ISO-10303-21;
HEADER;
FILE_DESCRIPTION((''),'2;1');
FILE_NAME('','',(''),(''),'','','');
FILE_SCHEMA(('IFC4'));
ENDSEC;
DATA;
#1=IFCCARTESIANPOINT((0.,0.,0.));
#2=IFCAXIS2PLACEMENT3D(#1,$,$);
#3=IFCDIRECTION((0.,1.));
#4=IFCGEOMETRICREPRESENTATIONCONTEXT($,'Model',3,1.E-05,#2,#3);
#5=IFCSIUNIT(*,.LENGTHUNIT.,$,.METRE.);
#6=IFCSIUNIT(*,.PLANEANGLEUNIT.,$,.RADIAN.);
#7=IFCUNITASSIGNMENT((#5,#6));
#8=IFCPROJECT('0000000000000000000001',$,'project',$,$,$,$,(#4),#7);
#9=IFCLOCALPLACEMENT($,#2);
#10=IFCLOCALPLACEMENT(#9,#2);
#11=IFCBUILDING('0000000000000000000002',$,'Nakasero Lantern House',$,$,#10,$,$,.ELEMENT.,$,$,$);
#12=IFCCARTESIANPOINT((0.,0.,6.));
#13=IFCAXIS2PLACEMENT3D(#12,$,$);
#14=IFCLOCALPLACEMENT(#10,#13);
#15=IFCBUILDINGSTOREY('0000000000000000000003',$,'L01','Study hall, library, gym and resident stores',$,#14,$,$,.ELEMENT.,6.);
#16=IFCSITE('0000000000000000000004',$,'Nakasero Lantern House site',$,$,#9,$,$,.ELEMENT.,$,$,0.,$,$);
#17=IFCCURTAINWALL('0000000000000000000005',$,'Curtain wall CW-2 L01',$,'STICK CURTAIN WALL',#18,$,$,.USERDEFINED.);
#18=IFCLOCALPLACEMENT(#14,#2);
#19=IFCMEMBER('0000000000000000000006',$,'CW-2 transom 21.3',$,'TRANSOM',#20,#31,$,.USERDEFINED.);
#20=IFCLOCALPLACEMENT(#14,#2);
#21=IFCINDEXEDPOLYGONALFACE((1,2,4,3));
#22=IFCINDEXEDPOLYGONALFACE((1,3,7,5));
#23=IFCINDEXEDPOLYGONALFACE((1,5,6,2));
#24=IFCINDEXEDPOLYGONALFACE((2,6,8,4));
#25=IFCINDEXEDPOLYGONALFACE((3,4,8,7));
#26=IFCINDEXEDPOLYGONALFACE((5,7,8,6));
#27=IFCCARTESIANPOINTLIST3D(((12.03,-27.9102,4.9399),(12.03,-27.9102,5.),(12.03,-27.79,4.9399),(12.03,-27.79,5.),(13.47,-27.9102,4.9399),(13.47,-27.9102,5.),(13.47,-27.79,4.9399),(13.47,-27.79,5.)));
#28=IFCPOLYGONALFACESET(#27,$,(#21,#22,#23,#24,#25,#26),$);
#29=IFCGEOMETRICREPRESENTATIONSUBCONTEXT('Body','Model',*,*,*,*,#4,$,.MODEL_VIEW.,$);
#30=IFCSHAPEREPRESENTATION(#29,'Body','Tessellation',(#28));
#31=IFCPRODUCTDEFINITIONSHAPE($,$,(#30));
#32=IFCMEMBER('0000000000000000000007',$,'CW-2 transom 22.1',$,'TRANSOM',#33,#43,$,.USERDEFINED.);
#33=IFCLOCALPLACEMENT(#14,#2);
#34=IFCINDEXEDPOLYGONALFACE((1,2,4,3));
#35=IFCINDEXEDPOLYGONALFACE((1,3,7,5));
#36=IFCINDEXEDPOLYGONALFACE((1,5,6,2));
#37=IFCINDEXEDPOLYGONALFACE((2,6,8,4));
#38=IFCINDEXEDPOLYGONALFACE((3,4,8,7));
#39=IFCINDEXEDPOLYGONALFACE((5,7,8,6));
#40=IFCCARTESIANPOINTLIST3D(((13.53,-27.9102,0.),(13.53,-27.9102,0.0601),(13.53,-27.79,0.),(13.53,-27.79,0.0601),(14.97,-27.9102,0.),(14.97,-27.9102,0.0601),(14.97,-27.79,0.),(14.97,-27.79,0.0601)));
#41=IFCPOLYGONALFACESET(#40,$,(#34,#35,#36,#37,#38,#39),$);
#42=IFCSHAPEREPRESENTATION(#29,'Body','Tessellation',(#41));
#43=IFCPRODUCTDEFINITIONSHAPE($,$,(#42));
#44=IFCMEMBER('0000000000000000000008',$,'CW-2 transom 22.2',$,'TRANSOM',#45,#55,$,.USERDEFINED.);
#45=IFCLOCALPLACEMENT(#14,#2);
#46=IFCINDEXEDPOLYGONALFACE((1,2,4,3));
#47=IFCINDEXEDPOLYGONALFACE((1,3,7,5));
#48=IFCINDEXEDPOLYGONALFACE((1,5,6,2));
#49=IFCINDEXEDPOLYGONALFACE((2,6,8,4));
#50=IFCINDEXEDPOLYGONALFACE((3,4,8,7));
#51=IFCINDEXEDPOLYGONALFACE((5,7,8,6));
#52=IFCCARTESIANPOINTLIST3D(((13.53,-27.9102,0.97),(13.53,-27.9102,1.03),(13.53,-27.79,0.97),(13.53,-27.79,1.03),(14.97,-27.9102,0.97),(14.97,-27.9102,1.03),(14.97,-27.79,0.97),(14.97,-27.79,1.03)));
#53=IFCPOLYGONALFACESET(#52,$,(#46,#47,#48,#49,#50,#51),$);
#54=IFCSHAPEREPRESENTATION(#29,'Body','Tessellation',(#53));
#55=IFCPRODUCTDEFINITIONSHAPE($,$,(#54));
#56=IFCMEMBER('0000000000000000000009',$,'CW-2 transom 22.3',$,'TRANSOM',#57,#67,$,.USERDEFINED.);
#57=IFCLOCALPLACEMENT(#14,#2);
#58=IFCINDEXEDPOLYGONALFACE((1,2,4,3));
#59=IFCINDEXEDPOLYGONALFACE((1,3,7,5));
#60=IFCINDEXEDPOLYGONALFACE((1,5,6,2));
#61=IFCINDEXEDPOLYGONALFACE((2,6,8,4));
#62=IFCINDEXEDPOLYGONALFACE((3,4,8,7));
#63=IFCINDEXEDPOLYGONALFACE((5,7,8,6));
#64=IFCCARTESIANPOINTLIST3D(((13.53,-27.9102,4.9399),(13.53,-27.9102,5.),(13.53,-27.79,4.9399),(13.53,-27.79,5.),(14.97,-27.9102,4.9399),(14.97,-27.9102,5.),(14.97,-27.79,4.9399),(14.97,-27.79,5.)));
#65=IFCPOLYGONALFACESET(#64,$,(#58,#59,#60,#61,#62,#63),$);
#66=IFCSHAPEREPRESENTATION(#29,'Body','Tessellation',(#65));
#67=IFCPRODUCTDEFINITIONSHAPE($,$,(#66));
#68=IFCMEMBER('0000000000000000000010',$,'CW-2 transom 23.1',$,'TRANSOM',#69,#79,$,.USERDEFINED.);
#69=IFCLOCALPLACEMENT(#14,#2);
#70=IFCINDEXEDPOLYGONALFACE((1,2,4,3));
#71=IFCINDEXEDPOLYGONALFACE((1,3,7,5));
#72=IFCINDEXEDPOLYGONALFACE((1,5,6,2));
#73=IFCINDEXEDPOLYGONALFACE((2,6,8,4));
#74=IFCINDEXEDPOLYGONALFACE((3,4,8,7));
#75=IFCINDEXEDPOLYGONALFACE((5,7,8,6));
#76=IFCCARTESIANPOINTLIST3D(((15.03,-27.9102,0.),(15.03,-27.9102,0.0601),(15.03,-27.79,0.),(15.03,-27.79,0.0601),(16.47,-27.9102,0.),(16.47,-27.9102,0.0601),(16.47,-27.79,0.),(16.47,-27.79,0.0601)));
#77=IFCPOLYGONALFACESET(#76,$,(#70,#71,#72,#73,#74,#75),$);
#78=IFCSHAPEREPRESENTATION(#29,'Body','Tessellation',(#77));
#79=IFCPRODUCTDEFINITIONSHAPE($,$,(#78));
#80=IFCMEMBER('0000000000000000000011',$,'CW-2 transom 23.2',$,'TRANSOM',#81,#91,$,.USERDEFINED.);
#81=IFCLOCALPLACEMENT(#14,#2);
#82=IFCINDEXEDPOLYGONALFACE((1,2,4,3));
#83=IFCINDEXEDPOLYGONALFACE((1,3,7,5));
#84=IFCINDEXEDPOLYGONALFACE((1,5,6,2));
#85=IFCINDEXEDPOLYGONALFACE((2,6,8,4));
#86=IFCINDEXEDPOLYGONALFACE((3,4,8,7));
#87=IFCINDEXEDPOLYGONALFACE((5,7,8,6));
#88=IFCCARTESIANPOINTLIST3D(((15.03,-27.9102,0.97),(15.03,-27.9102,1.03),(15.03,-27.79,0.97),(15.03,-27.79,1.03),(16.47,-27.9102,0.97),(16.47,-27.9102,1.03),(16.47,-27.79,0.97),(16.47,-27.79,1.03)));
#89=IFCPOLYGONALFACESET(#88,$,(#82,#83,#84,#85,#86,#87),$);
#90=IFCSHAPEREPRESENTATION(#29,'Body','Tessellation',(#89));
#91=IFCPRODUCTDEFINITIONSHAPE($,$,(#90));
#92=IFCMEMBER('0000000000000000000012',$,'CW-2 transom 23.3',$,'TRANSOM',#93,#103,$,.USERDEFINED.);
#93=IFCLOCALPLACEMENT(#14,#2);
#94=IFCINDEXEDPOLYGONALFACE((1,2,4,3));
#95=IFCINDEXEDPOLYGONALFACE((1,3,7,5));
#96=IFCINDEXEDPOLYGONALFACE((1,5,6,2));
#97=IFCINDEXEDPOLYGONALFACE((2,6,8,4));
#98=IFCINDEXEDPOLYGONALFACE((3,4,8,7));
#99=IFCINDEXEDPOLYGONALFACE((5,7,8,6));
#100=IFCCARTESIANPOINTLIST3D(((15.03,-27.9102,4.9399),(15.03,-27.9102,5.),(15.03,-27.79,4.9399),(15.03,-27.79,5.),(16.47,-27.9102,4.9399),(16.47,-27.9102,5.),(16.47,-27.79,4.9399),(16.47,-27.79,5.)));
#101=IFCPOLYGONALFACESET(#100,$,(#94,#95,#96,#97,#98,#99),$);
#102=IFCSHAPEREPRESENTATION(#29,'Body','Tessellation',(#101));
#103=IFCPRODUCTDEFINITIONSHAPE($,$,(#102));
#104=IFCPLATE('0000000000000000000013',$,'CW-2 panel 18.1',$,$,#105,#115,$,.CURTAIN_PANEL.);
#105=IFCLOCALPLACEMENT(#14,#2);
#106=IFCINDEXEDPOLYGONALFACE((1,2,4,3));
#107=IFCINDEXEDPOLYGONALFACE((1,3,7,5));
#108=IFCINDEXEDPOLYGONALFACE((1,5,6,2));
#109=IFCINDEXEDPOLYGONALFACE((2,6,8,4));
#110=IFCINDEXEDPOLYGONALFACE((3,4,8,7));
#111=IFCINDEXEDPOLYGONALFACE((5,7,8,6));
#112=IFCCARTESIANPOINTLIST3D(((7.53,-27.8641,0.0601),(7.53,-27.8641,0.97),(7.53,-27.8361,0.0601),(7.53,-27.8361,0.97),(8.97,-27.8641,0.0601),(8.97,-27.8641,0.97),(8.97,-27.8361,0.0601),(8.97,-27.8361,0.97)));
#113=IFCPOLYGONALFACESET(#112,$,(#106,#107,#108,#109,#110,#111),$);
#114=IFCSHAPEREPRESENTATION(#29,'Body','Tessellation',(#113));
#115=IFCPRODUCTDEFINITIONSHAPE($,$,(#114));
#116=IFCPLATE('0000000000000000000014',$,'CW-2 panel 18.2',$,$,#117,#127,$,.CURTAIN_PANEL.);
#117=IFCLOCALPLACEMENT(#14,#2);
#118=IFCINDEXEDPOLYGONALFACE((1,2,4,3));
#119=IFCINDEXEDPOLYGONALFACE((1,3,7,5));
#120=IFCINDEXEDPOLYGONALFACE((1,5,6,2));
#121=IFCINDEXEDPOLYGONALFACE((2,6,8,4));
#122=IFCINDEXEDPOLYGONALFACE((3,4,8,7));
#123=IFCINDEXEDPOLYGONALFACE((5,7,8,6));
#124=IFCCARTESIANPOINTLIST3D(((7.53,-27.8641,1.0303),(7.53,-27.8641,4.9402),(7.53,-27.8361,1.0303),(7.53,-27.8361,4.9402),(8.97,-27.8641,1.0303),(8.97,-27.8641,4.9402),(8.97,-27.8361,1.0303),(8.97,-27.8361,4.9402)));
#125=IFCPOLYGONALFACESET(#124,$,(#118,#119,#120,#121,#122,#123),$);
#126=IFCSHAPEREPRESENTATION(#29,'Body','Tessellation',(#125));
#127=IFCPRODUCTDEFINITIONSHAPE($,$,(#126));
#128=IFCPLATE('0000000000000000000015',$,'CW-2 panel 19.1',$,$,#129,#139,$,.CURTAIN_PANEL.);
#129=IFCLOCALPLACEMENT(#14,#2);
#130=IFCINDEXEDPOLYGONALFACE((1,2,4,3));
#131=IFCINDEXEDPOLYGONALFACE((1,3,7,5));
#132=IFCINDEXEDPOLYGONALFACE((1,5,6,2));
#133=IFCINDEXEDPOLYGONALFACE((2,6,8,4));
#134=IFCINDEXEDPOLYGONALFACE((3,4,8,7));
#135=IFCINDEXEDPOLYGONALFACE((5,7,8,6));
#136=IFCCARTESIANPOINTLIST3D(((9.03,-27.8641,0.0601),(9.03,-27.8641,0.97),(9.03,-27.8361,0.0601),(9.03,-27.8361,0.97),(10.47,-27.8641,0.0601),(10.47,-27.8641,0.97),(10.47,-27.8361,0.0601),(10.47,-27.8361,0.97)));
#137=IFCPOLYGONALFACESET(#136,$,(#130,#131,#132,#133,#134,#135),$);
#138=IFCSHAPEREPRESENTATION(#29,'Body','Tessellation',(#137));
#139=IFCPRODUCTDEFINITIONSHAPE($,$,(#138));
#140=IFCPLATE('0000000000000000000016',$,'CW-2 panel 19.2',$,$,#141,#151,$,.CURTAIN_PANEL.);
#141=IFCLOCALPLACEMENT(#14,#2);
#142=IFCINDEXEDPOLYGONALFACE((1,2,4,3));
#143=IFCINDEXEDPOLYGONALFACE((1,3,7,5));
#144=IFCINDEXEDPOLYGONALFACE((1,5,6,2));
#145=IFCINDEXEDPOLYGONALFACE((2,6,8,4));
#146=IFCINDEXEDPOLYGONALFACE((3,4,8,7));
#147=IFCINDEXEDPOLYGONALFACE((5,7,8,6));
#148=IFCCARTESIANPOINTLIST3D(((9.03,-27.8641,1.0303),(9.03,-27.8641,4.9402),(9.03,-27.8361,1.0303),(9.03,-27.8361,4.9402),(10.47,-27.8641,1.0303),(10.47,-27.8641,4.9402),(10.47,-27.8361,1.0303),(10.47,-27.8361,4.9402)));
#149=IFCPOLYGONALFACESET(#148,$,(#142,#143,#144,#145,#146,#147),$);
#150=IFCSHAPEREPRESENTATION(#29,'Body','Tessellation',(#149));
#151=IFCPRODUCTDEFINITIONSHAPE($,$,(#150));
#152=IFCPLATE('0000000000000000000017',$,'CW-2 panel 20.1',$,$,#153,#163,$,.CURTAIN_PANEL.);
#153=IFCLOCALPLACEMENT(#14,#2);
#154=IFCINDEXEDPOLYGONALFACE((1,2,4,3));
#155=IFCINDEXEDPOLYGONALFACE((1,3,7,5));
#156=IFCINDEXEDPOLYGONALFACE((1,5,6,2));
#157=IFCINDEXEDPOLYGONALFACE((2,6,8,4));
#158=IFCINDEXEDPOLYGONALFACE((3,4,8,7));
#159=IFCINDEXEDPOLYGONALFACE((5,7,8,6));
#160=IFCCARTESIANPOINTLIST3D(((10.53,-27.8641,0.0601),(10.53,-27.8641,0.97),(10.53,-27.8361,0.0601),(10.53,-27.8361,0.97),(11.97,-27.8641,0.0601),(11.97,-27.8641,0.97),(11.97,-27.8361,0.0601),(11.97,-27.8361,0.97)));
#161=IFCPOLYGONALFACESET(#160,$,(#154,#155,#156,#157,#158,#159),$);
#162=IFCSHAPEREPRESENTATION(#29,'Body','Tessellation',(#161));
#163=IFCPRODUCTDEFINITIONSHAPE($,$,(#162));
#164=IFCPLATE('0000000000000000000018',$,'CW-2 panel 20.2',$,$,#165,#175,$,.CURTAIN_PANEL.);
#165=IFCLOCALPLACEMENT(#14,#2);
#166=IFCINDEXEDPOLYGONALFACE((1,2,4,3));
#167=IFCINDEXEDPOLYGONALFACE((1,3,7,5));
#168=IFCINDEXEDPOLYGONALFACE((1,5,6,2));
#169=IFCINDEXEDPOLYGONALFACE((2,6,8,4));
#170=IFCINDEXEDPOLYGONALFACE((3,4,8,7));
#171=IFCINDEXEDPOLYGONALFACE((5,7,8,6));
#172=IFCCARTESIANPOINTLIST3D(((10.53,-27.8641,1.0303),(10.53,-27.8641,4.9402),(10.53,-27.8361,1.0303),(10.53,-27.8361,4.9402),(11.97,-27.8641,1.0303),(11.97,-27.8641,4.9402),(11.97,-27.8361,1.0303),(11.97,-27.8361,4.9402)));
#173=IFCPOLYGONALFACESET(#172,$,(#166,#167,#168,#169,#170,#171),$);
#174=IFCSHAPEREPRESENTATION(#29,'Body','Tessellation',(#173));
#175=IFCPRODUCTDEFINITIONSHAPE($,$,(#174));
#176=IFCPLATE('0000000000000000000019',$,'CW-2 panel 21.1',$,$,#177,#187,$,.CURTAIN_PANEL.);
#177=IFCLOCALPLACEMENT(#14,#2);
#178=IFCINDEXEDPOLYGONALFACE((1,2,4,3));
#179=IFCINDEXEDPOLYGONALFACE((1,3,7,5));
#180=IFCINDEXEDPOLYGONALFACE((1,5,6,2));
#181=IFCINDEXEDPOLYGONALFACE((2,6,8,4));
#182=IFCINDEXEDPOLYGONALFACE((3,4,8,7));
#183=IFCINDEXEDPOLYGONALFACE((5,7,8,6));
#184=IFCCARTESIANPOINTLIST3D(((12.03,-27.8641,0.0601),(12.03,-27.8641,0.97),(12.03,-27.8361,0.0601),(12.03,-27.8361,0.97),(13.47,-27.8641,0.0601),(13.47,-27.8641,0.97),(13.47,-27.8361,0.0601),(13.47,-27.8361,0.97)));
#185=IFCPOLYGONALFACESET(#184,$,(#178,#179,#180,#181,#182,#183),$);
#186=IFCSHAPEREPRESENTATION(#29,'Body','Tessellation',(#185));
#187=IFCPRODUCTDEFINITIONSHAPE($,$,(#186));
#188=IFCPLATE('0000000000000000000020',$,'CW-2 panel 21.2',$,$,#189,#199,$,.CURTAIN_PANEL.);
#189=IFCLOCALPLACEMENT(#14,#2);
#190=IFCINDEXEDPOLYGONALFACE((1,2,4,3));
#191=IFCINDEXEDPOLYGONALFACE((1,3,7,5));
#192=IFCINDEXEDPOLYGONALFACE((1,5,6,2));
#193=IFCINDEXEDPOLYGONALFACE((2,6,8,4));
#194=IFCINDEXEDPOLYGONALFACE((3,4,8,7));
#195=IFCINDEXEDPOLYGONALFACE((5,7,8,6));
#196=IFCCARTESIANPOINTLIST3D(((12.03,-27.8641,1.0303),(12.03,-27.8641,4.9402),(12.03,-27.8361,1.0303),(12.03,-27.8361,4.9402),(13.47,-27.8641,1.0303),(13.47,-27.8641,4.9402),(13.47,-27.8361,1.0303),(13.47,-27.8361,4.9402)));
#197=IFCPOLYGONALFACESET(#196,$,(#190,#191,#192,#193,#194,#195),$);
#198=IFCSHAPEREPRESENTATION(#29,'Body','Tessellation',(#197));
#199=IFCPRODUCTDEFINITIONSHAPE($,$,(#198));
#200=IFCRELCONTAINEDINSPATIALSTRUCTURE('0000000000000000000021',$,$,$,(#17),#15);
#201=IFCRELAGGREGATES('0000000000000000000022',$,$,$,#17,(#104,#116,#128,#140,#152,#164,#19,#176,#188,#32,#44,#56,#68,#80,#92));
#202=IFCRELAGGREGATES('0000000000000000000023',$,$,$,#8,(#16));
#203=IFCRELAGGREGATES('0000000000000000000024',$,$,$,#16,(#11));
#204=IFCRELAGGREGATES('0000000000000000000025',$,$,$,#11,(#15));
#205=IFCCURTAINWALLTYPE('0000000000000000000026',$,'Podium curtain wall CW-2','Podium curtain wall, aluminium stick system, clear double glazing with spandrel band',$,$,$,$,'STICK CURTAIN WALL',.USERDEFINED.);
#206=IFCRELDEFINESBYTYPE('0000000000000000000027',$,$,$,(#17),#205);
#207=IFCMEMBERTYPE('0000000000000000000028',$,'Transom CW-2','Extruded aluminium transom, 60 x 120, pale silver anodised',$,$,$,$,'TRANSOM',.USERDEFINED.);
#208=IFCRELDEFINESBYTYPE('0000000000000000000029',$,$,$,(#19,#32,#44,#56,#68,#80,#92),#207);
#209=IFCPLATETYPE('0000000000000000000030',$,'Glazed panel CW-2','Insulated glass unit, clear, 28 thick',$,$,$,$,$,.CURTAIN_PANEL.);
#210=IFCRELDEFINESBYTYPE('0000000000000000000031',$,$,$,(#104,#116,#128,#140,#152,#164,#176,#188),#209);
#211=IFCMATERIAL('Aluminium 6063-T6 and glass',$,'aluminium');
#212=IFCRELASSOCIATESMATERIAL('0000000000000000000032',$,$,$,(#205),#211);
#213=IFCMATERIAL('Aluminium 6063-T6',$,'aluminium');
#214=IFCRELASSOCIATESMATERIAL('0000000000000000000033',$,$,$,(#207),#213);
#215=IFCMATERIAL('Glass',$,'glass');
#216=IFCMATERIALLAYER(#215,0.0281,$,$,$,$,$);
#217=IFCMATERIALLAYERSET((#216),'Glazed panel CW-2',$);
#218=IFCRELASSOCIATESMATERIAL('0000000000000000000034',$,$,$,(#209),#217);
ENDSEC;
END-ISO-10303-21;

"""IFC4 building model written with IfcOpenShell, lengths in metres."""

from ifc_helpers import new_model, si_unit, direction, frame, origin, origin_2d, place, context, subcontext, project, spatial, rectangle, extrude, material, layer, layer_set, material_profile, profile_set, type_object, element, aggregate, save


model = new_model("IFC4")

# Units and contexts
model_context = context("Model", 3, precision=1e-05, world=origin(), true_north=direction((0.0, 1.0)))
body_context = subcontext(model_context, "Body", "Model", "MODEL_VIEW")
ifc_project = project(units=[si_unit("LENGTHUNIT", "METRE"), si_unit("PLANEANGLEUNIT", "RADIAN")], contexts=[model_context])

# Site, building, storey
site_placement = place(None, origin())
site = spatial("IfcSite", under=ifc_project, at=site_placement, Name="Nakasero Lantern House site", CompositionType="ELEMENT", RefElevation=0.0)
building_placement = place(site_placement, origin())
building = spatial("IfcBuilding", under=site, at=building_placement, Name="Nakasero Lantern House", CompositionType="ELEMENT")
storey_placement = place(building_placement, frame((0.0, 0.0, 6.0)))
storey = spatial("IfcBuildingStorey", under=building, at=storey_placement, Name="L01", Description="Study hall, library, gym and resident stores", CompositionType="ELEMENT", Elevation=6.0)

# Curtain wall, members, plates
ifc_material_1 = material(Name="Aluminium 6063-T6 and glass", Category="aluminium")
curtain_wall_type = type_object("IfcCurtainWallType", Name="Podium curtain wall CW-2", Description="Podium curtain wall, aluminium stick system, clear double glazing with spandrel band", ElementType="STICK CURTAIN WALL", PredefinedType="USERDEFINED", material=ifc_material_1)
curtain_wall_placement = place(storey_placement, origin())
curtain_wall = element("IfcCurtainWall", 1, at=curtain_wall_placement, inside=storey, type_object=curtain_wall_type, Name="Curtain wall CW-2 L01", ObjectType="STICK CURTAIN WALL", PredefinedType="USERDEFINED")
ifc_material_2 = material(Name="Aluminium 6063-T6", Category="aluminium")
ifc_material_profile_1 = material_profile(ifc_material_2, rectangle(XDim=0.0601, YDim=0.1201, at=origin_2d()), Name="CW-2 transom 60x120")
ifc_profile_set_1 = profile_set([ifc_material_profile_1], Name="Aluminium 6063-T6")
member_type_1 = type_object("IfcMemberType", Name="Transom CW-2", Description="Extruded aluminium transom, 60 x 120, pale silver anodised", ElementType="TRANSOM", PredefinedType="USERDEFINED", material=ifc_profile_set_1)
member_1_placement = place(storey_placement, frame((12.03, -27.8501, 4.97), z_axis=(1.0, 0.0, 0.0), x_axis=(0.0, 0.0, 1.0)))
member_1 = element("IfcMember", 2, at=member_1_placement, type_object=member_type_1, Name="CW-2 transom 21.3", ObjectType="TRANSOM", PredefinedType="USERDEFINED", context=body_context, shape_type="SweptSolid", body=[
    extrude(rectangle(XDim=0.0601, YDim=0.1201, at=origin_2d()), origin(), (0.0, 0.0, 1.0), 1.4399),
])
member_2_placement = place(storey_placement, frame((13.53, -27.8501, 0.03), z_axis=(1.0, 0.0, 0.0), x_axis=(0.0, 0.0, 1.0)))
member_2 = element("IfcMember", 3, at=member_2_placement, type_object=member_type_1, Name="CW-2 transom 22.1", ObjectType="TRANSOM", PredefinedType="USERDEFINED", context=body_context, shape_type="SweptSolid", body=[
    extrude(rectangle(XDim=0.0601, YDim=0.1201, at=origin_2d()), origin(), (0.0, 0.0, 1.0), 1.4399),
])
member_3_placement = place(storey_placement, frame((13.53, -27.8501, 1.0), z_axis=(1.0, 0.0, 0.0), x_axis=(0.0, 0.0, 1.0)))
member_3 = element("IfcMember", 4, at=member_3_placement, type_object=member_type_1, Name="CW-2 transom 22.2", ObjectType="TRANSOM", PredefinedType="USERDEFINED", context=body_context, shape_type="SweptSolid", body=[
    extrude(rectangle(XDim=0.0601, YDim=0.1201, at=origin_2d()), origin(), (0.0, 0.0, 1.0), 1.4399),
])
member_4_placement = place(storey_placement, frame((13.53, -27.8501, 4.97), z_axis=(1.0, 0.0, 0.0), x_axis=(0.0, 0.0, 1.0)))
member_4 = element("IfcMember", 5, at=member_4_placement, type_object=member_type_1, Name="CW-2 transom 22.3", ObjectType="TRANSOM", PredefinedType="USERDEFINED", context=body_context, shape_type="SweptSolid", body=[
    extrude(rectangle(XDim=0.0601, YDim=0.1201, at=origin_2d()), origin(), (0.0, 0.0, 1.0), 1.4399),
])
member_5_placement = place(storey_placement, frame((15.03, -27.8501, 0.03), z_axis=(1.0, 0.0, 0.0), x_axis=(0.0, 0.0, 1.0)))
member_5 = element("IfcMember", 6, at=member_5_placement, type_object=member_type_1, Name="CW-2 transom 23.1", ObjectType="TRANSOM", PredefinedType="USERDEFINED", context=body_context, shape_type="SweptSolid", body=[
    extrude(rectangle(XDim=0.0601, YDim=0.1201, at=origin_2d()), origin(), (0.0, 0.0, 1.0), 1.4399),
])
member_6_placement = place(storey_placement, frame((15.03, -27.8501, 1.0), z_axis=(1.0, 0.0, 0.0), x_axis=(0.0, 0.0, 1.0)))
member_6 = element("IfcMember", 7, at=member_6_placement, type_object=member_type_1, Name="CW-2 transom 23.2", ObjectType="TRANSOM", PredefinedType="USERDEFINED", context=body_context, shape_type="SweptSolid", body=[
    extrude(rectangle(XDim=0.0601, YDim=0.1201, at=origin_2d()), origin(), (0.0, 0.0, 1.0), 1.4399),
])
member_7_placement = place(storey_placement, frame((15.03, -27.8501, 4.97), z_axis=(1.0, 0.0, 0.0), x_axis=(0.0, 0.0, 1.0)))
member_7 = element("IfcMember", 8, at=member_7_placement, type_object=member_type_1, Name="CW-2 transom 23.3", ObjectType="TRANSOM", PredefinedType="USERDEFINED", context=body_context, shape_type="SweptSolid", body=[
    extrude(rectangle(XDim=0.0601, YDim=0.1201, at=origin_2d()), origin(), (0.0, 0.0, 1.0), 1.4399),
])
ifc_material_3 = material(Name="Glass", Category="glass")
ifc_layer = layer(ifc_material_3, 0.0281)
ifc_layer_set = layer_set([ifc_layer], Name="Glazed panel CW-2")
plate_type = type_object("IfcPlateType", Name="Glazed panel CW-2", Description="Insulated glass unit, clear, 28 thick", PredefinedType="CURTAIN_PANEL", material=ifc_layer_set)
plate_1_placement = place(storey_placement, frame((8.25, -27.8501, 0.0601), z_axis=(0.0, 0.0, 1.0), x_axis=(1.0, 0.0, 0.0)))
plate_1 = element("IfcPlate", 9, at=plate_1_placement, type_object=plate_type, Name="CW-2 panel 18.1", PredefinedType="CURTAIN_PANEL", context=body_context, shape_type="SweptSolid", body=[
    extrude(rectangle(XDim=1.4399, YDim=0.0281, at=origin_2d()), origin(), (0.0, 0.0, 1.0), 0.9099),
])
plate_2_placement = place(storey_placement, frame((8.25, -27.8501, 1.0303), z_axis=(0.0, 0.0, 1.0), x_axis=(1.0, 0.0, 0.0)))
plate_2 = element("IfcPlate", 10, at=plate_2_placement, type_object=plate_type, Name="CW-2 panel 18.2", PredefinedType="CURTAIN_PANEL", context=body_context, shape_type="SweptSolid", body=[
    extrude(rectangle(XDim=1.4399, YDim=0.0281, at=origin_2d()), origin(), (0.0, 0.0, 1.0), 3.9099),
])
plate_3_placement = place(storey_placement, frame((9.75, -27.8501, 0.0601), z_axis=(0.0, 0.0, 1.0), x_axis=(1.0, 0.0, 0.0)))
plate_3 = element("IfcPlate", 11, at=plate_3_placement, type_object=plate_type, Name="CW-2 panel 19.1", PredefinedType="CURTAIN_PANEL", context=body_context, shape_type="SweptSolid", body=[
    extrude(rectangle(XDim=1.4399, YDim=0.0281, at=origin_2d()), origin(), (0.0, 0.0, 1.0), 0.9099),
])
plate_4_placement = place(storey_placement, frame((9.75, -27.8501, 1.0303), z_axis=(0.0, 0.0, 1.0), x_axis=(1.0, 0.0, 0.0)))
plate_4 = element("IfcPlate", 12, at=plate_4_placement, type_object=plate_type, Name="CW-2 panel 19.2", PredefinedType="CURTAIN_PANEL", context=body_context, shape_type="SweptSolid", body=[
    extrude(rectangle(XDim=1.4399, YDim=0.0281, at=origin_2d()), origin(), (0.0, 0.0, 1.0), 3.9099),
])
plate_5_placement = place(storey_placement, frame((11.25, -27.8501, 0.0601), z_axis=(0.0, 0.0, 1.0), x_axis=(1.0, 0.0, 0.0)))
plate_5 = element("IfcPlate", 13, at=plate_5_placement, type_object=plate_type, Name="CW-2 panel 20.1", PredefinedType="CURTAIN_PANEL", context=body_context, shape_type="SweptSolid", body=[
    extrude(rectangle(XDim=1.4399, YDim=0.0281, at=origin_2d()), origin(), (0.0, 0.0, 1.0), 0.9099),
])
plate_6_placement = place(storey_placement, frame((11.25, -27.8501, 1.0303), z_axis=(0.0, 0.0, 1.0), x_axis=(1.0, 0.0, 0.0)))
plate_6 = element("IfcPlate", 14, at=plate_6_placement, type_object=plate_type, Name="CW-2 panel 20.2", PredefinedType="CURTAIN_PANEL", context=body_context, shape_type="SweptSolid", body=[
    extrude(rectangle(XDim=1.4399, YDim=0.0281, at=origin_2d()), origin(), (0.0, 0.0, 1.0), 3.9099),
])
plate_7_placement = place(storey_placement, frame((12.75, -27.8501, 0.0601), z_axis=(0.0, 0.0, 1.0), x_axis=(1.0, 0.0, 0.0)))
plate_7 = element("IfcPlate", 15, at=plate_7_placement, type_object=plate_type, Name="CW-2 panel 21.1", PredefinedType="CURTAIN_PANEL", context=body_context, shape_type="SweptSolid", body=[
    extrude(rectangle(XDim=1.4399, YDim=0.0281, at=origin_2d()), origin(), (0.0, 0.0, 1.0), 0.9099),
])
plate_8_placement = place(storey_placement, frame((12.75, -27.8501, 1.0303), z_axis=(0.0, 0.0, 1.0), x_axis=(1.0, 0.0, 0.0)))
plate_8 = element("IfcPlate", 16, at=plate_8_placement, type_object=plate_type, Name="CW-2 panel 21.2", PredefinedType="CURTAIN_PANEL", context=body_context, shape_type="SweptSolid", body=[
    extrude(rectangle(XDim=1.4399, YDim=0.0281, at=origin_2d()), origin(), (0.0, 0.0, 1.0), 3.9099),
])
aggregate(curtain_wall, [plate_1, plate_2, plate_3, plate_4, plate_5, plate_6, member_1, plate_7, plate_8, member_2, member_3, member_4, member_5, member_6, member_7])

save(model, "model.ifc")
